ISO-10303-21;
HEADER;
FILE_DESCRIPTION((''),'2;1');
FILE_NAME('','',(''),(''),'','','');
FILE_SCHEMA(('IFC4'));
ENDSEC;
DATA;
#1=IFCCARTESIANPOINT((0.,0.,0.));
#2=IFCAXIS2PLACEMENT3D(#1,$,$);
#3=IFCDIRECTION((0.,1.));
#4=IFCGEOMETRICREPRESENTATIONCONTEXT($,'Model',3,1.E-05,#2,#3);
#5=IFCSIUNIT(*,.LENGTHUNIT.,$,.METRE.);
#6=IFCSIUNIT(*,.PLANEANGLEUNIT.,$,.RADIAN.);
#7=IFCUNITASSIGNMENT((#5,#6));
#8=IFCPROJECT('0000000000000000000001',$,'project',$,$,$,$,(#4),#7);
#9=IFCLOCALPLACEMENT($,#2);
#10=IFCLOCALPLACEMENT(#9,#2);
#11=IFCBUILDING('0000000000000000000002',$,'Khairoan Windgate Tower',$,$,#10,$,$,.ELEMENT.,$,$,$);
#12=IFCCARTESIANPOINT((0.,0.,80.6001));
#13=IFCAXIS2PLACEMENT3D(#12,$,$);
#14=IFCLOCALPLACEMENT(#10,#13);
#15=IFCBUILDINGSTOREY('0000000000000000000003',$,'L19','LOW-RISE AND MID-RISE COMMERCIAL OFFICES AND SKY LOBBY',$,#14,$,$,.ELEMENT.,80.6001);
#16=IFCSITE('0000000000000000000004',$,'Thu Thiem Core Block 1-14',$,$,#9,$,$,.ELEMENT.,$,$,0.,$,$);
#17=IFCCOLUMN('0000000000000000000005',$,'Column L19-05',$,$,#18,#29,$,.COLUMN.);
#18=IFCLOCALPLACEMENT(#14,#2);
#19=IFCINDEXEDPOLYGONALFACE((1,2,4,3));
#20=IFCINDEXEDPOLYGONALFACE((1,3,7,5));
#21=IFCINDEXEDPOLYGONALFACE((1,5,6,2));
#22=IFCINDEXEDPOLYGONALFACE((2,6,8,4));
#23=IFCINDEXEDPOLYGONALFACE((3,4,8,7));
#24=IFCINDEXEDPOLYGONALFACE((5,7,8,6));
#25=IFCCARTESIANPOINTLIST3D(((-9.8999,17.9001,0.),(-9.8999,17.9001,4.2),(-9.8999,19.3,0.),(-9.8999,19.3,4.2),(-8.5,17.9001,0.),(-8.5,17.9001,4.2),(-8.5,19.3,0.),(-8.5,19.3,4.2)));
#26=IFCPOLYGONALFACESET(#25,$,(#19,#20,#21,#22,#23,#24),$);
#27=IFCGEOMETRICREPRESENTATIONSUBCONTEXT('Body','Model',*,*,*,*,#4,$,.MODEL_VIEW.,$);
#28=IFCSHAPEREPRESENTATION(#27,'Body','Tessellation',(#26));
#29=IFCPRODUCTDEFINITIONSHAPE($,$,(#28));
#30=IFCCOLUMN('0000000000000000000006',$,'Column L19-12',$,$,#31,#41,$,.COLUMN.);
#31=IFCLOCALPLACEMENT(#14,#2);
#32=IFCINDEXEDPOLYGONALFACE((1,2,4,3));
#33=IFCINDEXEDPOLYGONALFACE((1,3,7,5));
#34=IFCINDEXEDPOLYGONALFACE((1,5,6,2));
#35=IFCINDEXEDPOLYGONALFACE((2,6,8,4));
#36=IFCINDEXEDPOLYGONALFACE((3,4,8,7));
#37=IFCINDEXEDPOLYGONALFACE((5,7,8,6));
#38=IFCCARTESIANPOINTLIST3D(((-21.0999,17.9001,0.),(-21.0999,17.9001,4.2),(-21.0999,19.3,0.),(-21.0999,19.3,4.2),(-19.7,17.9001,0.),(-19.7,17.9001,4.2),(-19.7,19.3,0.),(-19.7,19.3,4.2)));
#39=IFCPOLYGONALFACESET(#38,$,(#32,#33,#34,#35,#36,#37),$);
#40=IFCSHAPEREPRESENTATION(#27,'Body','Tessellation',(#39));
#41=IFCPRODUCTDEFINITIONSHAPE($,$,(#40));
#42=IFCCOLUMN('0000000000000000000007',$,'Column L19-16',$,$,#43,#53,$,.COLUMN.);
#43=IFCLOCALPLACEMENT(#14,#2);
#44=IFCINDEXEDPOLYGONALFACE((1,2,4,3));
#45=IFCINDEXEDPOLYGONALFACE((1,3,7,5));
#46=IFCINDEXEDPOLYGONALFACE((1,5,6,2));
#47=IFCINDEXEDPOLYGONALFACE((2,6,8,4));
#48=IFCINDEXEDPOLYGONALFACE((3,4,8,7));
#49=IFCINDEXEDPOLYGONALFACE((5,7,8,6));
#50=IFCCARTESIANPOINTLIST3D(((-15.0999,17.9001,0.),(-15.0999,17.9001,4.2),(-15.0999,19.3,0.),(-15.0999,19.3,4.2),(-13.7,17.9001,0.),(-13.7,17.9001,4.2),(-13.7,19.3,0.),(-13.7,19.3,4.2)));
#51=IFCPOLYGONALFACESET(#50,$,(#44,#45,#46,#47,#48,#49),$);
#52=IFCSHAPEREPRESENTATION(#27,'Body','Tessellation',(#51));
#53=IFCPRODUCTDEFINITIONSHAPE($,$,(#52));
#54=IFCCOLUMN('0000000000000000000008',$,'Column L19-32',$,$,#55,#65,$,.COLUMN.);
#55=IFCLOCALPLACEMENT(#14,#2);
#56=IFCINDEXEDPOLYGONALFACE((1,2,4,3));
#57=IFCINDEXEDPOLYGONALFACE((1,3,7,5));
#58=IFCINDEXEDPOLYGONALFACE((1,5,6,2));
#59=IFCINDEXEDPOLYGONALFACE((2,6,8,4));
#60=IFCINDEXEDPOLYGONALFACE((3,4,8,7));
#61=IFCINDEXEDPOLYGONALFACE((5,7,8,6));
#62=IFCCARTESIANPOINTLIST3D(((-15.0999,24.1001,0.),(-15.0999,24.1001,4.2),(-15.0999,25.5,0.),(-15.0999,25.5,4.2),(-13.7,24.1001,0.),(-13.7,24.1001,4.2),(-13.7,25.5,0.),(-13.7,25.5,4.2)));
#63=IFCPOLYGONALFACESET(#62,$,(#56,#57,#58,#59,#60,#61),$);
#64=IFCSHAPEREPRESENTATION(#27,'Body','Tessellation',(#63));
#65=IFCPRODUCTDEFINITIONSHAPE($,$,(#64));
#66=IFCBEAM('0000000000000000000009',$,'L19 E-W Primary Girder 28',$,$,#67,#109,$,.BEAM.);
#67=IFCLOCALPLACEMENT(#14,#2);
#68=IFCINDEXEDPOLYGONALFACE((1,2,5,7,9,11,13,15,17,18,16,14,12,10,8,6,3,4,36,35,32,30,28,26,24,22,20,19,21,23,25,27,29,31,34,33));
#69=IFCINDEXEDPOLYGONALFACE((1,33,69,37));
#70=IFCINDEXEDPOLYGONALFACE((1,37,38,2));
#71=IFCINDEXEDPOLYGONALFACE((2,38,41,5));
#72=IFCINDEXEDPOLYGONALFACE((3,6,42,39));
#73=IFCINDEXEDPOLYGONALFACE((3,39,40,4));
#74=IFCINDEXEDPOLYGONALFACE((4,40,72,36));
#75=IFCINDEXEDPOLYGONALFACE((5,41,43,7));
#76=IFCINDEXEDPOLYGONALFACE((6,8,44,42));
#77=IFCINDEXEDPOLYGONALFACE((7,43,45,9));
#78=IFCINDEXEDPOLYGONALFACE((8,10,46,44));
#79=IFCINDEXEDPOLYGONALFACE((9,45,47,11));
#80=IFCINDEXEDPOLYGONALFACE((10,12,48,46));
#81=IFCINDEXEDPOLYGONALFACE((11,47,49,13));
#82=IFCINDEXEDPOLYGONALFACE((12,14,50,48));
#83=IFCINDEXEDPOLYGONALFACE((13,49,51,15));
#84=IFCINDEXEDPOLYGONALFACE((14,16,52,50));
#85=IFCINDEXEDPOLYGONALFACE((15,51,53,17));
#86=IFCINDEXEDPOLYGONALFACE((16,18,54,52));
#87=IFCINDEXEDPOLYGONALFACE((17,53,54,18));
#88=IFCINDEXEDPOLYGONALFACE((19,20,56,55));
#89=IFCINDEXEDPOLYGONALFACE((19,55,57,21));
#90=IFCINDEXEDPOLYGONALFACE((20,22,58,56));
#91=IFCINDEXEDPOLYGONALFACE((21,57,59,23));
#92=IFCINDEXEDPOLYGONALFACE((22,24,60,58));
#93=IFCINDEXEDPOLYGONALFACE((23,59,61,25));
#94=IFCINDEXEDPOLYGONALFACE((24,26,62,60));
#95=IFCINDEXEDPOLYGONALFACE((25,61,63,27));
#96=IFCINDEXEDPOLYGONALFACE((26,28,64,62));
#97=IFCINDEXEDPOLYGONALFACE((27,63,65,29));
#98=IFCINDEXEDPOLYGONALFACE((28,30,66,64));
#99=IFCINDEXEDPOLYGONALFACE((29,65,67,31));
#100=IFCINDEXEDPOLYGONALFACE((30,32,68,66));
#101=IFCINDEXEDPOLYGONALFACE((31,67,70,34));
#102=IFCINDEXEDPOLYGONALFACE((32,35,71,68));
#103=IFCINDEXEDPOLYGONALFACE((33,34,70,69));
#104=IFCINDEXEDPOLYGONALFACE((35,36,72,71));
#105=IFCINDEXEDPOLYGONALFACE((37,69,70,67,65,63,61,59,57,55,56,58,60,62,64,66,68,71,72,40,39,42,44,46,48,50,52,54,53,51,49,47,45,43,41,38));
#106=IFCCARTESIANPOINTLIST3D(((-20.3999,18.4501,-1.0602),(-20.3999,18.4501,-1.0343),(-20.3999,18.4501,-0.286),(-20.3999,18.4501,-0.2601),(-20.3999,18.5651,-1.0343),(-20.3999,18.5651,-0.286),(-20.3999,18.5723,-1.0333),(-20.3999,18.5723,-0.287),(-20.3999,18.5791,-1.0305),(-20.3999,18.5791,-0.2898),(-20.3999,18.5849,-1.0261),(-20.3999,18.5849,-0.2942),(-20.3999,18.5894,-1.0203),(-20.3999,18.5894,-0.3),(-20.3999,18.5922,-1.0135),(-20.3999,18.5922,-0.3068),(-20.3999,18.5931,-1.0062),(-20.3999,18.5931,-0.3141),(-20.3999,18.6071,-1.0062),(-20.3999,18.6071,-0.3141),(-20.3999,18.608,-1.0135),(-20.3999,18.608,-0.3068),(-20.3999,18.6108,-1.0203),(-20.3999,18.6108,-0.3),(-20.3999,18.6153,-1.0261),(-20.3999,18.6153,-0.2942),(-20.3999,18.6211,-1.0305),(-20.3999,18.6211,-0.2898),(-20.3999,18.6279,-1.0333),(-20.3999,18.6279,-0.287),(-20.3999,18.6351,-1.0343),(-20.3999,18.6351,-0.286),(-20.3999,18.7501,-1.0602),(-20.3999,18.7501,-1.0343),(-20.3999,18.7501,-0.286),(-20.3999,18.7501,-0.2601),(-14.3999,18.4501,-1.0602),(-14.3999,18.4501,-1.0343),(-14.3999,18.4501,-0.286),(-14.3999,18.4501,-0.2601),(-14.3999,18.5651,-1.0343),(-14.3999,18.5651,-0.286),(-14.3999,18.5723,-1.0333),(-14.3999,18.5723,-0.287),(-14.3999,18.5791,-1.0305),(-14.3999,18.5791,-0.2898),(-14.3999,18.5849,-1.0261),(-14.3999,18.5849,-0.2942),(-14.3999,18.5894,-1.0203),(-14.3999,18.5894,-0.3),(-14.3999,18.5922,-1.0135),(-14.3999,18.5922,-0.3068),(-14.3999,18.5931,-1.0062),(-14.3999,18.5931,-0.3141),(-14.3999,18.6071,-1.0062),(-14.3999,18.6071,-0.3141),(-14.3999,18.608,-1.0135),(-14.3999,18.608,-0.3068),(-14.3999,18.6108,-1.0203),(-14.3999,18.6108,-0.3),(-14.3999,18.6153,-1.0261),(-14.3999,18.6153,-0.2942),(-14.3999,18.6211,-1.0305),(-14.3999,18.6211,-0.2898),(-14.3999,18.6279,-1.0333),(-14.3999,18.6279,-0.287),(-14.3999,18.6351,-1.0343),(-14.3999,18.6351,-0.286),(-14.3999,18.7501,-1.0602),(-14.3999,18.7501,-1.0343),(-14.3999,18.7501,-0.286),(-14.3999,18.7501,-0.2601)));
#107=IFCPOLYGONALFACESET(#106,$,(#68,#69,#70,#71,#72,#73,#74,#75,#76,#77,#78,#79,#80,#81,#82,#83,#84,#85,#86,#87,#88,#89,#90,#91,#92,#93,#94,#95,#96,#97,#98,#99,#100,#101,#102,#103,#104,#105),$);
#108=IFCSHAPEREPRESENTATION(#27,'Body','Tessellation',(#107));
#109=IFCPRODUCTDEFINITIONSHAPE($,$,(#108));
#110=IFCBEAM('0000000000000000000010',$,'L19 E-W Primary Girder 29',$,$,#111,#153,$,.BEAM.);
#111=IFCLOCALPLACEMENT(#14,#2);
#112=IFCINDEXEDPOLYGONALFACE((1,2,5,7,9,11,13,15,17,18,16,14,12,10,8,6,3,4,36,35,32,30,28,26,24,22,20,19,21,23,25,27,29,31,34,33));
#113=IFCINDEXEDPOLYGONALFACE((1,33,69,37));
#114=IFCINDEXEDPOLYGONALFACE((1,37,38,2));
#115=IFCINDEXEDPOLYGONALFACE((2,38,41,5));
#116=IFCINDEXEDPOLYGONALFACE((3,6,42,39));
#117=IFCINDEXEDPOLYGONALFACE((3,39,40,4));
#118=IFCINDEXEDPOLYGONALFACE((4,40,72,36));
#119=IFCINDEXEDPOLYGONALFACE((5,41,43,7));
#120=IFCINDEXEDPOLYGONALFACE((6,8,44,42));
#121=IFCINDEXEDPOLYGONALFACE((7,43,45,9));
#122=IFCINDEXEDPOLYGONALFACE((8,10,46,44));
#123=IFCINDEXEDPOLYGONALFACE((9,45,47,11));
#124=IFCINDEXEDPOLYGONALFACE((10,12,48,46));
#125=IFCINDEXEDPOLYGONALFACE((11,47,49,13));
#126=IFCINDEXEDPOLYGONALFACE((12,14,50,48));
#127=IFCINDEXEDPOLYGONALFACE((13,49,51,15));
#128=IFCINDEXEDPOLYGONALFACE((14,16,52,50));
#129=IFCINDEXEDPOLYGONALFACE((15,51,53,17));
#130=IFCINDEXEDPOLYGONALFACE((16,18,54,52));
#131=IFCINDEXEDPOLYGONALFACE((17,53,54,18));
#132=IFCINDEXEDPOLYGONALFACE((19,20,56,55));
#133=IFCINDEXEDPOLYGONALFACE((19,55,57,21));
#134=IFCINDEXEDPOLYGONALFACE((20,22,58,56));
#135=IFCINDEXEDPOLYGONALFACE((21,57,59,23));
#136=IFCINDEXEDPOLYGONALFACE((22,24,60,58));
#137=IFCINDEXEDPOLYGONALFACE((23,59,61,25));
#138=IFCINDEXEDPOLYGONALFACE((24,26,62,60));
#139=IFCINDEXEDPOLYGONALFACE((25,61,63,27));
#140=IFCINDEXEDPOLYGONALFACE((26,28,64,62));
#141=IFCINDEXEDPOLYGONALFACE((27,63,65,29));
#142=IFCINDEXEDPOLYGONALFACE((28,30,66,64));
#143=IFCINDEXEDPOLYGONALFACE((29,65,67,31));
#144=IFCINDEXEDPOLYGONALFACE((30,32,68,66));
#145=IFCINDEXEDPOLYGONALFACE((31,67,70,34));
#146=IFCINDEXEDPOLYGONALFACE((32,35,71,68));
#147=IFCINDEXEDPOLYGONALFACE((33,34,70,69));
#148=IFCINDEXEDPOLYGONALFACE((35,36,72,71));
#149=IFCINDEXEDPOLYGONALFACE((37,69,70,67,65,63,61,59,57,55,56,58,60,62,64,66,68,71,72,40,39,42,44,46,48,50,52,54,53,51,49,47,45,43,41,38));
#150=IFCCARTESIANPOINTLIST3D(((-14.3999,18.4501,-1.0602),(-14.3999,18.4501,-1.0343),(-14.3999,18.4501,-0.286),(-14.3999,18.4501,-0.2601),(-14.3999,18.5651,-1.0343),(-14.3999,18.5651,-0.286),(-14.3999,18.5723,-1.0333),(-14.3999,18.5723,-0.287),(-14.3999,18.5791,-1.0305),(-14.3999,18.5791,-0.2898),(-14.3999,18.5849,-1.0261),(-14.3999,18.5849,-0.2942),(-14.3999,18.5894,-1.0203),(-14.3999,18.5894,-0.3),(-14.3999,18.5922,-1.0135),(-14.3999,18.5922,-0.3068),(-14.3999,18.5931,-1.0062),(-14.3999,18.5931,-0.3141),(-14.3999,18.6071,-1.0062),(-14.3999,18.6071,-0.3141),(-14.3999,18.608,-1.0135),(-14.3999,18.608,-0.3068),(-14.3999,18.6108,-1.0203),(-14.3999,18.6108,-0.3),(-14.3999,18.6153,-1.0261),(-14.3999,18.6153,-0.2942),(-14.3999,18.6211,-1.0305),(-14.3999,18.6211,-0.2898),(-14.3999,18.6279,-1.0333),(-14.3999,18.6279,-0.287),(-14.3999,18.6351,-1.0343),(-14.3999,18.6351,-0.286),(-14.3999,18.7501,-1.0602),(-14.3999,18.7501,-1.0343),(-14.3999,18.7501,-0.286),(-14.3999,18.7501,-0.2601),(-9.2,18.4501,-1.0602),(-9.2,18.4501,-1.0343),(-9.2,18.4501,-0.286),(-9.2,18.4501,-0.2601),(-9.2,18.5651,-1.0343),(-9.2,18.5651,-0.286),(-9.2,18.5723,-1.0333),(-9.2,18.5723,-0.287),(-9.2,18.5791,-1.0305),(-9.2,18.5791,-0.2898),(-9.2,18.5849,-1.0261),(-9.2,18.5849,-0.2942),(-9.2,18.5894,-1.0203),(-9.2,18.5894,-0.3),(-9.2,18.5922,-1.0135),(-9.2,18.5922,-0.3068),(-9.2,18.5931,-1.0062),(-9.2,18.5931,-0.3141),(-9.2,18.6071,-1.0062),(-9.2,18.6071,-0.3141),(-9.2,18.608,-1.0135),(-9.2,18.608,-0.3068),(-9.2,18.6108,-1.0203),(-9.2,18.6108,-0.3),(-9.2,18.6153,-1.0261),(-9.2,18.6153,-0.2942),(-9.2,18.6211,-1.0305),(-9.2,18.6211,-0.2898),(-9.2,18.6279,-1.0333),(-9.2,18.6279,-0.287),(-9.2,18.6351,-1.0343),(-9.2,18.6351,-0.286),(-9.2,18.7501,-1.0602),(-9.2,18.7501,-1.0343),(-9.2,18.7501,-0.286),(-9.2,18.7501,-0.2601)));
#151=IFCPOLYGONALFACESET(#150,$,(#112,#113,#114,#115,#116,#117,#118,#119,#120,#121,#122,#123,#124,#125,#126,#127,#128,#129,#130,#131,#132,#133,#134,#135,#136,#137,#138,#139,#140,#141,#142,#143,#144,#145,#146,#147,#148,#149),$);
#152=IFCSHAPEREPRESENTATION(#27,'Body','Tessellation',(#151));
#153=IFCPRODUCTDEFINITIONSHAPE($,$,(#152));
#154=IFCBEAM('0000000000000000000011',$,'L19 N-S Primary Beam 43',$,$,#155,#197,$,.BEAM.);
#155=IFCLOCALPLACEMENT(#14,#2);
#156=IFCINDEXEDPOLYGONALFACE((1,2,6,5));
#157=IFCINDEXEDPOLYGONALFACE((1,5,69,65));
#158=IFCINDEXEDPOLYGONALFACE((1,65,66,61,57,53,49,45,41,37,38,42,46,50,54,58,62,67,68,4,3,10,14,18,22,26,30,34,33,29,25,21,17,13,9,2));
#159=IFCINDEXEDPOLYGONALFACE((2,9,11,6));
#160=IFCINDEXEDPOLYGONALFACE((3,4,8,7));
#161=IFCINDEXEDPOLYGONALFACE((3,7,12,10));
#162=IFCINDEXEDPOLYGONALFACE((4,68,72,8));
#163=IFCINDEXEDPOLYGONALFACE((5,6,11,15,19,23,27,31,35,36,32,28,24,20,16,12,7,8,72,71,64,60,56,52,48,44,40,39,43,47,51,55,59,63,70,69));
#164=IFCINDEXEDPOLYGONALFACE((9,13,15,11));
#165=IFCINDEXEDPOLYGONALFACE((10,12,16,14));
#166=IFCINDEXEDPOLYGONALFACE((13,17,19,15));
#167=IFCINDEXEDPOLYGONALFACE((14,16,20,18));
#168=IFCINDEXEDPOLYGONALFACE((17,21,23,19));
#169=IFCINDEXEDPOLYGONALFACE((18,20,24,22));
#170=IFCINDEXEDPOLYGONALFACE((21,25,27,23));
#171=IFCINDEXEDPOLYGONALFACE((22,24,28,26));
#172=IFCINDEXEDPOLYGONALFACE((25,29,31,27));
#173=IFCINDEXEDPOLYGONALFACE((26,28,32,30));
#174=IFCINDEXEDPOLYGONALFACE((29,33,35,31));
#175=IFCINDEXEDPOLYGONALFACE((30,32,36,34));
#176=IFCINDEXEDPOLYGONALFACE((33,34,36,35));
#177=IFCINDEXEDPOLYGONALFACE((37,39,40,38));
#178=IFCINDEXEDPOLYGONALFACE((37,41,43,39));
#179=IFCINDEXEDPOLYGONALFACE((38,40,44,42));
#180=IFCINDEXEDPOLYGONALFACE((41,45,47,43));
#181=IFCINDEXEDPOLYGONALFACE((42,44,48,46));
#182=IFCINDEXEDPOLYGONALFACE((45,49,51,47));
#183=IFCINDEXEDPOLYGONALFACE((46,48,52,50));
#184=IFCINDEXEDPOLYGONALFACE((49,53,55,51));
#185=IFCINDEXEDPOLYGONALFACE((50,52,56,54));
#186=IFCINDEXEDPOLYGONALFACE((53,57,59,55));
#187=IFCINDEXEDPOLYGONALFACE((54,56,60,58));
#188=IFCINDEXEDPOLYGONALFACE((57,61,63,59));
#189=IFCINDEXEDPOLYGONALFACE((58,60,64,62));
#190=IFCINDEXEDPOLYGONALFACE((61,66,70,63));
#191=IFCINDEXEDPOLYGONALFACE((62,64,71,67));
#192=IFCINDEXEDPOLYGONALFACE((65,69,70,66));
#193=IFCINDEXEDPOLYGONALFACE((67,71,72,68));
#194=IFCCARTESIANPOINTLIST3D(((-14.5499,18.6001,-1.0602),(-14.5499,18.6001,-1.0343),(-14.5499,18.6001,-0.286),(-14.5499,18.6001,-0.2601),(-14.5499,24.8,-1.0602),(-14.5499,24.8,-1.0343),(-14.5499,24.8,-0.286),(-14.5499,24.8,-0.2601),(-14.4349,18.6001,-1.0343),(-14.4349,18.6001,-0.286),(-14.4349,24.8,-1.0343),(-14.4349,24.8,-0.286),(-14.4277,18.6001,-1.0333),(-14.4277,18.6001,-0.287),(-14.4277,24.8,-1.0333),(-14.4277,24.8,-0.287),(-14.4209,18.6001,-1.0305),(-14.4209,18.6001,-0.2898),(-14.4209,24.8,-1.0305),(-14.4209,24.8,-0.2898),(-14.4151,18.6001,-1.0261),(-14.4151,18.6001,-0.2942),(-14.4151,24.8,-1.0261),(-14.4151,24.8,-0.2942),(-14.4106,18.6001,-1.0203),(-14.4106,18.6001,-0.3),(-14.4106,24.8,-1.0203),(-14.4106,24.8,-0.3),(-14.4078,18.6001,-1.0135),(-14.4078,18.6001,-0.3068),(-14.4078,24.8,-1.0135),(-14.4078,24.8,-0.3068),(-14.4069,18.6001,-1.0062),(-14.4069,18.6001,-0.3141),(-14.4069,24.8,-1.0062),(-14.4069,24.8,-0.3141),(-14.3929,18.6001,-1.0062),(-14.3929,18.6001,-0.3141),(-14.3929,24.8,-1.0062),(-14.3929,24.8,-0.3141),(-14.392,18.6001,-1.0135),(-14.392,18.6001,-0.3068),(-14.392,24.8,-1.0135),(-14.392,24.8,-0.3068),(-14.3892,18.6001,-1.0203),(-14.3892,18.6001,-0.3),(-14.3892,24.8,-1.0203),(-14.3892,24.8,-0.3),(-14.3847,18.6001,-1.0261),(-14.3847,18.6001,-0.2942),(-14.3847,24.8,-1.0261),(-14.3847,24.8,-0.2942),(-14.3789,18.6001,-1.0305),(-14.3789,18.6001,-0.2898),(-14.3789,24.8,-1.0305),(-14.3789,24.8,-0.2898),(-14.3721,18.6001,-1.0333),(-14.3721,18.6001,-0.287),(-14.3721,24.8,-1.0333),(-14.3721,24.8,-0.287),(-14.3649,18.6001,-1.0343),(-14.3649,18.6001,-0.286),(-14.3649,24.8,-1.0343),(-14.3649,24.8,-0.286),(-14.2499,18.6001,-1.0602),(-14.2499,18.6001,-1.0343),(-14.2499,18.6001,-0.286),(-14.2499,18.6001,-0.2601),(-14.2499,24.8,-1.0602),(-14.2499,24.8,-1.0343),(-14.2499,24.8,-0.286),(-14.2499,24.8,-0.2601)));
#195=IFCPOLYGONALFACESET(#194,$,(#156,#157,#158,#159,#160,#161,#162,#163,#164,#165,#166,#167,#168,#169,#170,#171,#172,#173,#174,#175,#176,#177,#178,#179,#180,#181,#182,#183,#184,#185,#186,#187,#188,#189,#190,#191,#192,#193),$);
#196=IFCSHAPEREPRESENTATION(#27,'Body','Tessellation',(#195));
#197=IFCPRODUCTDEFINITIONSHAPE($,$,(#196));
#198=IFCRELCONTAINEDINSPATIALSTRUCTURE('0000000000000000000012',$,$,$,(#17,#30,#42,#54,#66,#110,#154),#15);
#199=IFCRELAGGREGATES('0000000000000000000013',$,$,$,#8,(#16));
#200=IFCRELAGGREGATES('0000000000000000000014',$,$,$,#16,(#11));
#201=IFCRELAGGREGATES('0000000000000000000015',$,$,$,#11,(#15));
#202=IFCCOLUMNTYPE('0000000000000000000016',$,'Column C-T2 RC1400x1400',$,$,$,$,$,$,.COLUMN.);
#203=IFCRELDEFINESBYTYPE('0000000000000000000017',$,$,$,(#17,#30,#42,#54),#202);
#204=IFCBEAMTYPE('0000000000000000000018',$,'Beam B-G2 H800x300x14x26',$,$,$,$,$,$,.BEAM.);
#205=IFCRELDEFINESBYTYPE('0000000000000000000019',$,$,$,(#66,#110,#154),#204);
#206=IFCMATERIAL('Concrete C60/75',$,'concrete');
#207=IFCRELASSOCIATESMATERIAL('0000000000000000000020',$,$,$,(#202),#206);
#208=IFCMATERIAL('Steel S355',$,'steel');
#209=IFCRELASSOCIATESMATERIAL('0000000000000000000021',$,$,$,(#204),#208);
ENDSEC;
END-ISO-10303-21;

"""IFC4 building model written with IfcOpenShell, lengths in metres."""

from ifc_helpers import new_model, si_unit, direction, frame, origin, origin_2d, place, context, subcontext, project, spatial, rectangle, i_section, extrude, material, material_profile, profile_set, type_object, element, save


model = new_model("IFC4")

# Units and contexts
model_context = context("Model", 3, precision=1e-05, world=origin(), true_north=direction((0.0, 1.0)))
body_context = subcontext(model_context, "Body", "Model", "MODEL_VIEW")
ifc_project = project(units=[si_unit("LENGTHUNIT", "METRE"), si_unit("PLANEANGLEUNIT", "RADIAN")], contexts=[model_context])

# Site, building, storey
site_placement = place(None, origin())
site = spatial("IfcSite", under=ifc_project, at=site_placement, Name="Thu Thiem Core Block 1-14", CompositionType="ELEMENT", RefElevation=0.0)
building_placement = place(site_placement, origin())
building = spatial("IfcBuilding", under=site, at=building_placement, Name="Khairoan Windgate Tower", CompositionType="ELEMENT")
storey_placement = place(building_placement, frame((0.0, 0.0, 80.6001)))
storey = spatial("IfcBuildingStorey", under=building, at=storey_placement, Name="L19", Description="LOW-RISE AND MID-RISE COMMERCIAL OFFICES AND SKY LOBBY", CompositionType="ELEMENT", Elevation=80.6001)

# Columns
ifc_material_1 = material(Name="Concrete C60/75", Category="concrete")
ifc_material_profile_1 = material_profile(ifc_material_1, rectangle(XDim=1.3999, YDim=1.3999, at=origin_2d()))
ifc_profile_set_1 = profile_set([ifc_material_profile_1], Name="Concrete C60/75")
column_type = type_object("IfcColumnType", Name="Column C-T2 RC1400x1400", PredefinedType="COLUMN", material=ifc_profile_set_1)
for number, where, z_axis, x_axis, name in (
    (1, (-9.2, 18.6001, 0.0), (0.0, 0.0, 1.0), (1.0, 0.0, 0.0), "Column L19-05"),
    (2, (-20.3999, 18.6001, 0.0), (0.0, 0.0, 1.0), (1.0, 0.0, 0.0), "Column L19-12"),
    (3, (-14.3999, 18.6001, 0.0), (0.0, 0.0, 1.0), (1.0, 0.0, 0.0), "Column L19-16"),
    (4, (-14.3999, 24.8, 0.0), (0.0, 0.0, 1.0), (1.0, 0.0, 0.0), "Column L19-32"),
):
    element("IfcColumn", number, at=place(storey_placement, frame(where, z_axis=z_axis, x_axis=x_axis)), inside=storey, type_object=column_type, Name=name, PredefinedType="COLUMN", context=body_context, shape_type="SweptSolid", body=[
        extrude(rectangle(XDim=1.3999, YDim=1.3999, at=origin_2d()), origin(), (0.0, 0.0, 1.0), 4.2),
    ])

# Beams
ifc_material_2 = material(Name="Steel S355", Category="steel")
ifc_material_profile_2 = material_profile(ifc_material_2, i_section(OverallWidth=0.3, OverallDepth=0.8, WebThickness=0.0139, FlangeThickness=0.0259, FilletRadius=0.0281, at=origin_2d()))
ifc_profile_set_2 = profile_set([ifc_material_profile_2], Name="Steel S355")
beam_type = type_object("IfcBeamType", Name="Beam B-G2 H800x300x14x26", PredefinedType="BEAM", material=ifc_profile_set_2)
beam_1_placement = place(storey_placement, frame((-20.3999, 18.6001, -0.6602), z_axis=(1.0, 0.0, 0.0), x_axis=(0.0, 1.0, 0.0)))
element("IfcBeam", 5, at=beam_1_placement, inside=storey, type_object=beam_type, Name="L19 E-W Primary Girder 28", PredefinedType="BEAM", context=body_context, shape_type="SweptSolid", body=[
    extrude(i_section(OverallWidth=0.3, OverallDepth=0.8, WebThickness=0.0139, FlangeThickness=0.0259, FilletRadius=0.0281, at=origin_2d()), origin(), (0.0, 0.0, 1.0), 6.0),
])
beam_2_placement = place(storey_placement, frame((-14.3999, 18.6001, -0.6602), z_axis=(1.0, 0.0, 0.0), x_axis=(0.0, 1.0, 0.0)))
element("IfcBeam", 6, at=beam_2_placement, inside=storey, type_object=beam_type, Name="L19 E-W Primary Girder 29", PredefinedType="BEAM", context=body_context, shape_type="SweptSolid", body=[
    extrude(i_section(OverallWidth=0.3, OverallDepth=0.8, WebThickness=0.0139, FlangeThickness=0.0259, FilletRadius=0.0281, at=origin_2d()), origin(), (0.0, 0.0, 1.0), 5.2),
])
beam_3_placement = place(storey_placement, frame((-14.3999, 18.6001, -0.6602), z_axis=(0.0, 1.0, 0.0), x_axis=(-1.0, 0.0, 0.0)))
element("IfcBeam", 7, at=beam_3_placement, inside=storey, type_object=beam_type, Name="L19 N-S Primary Beam 43", PredefinedType="BEAM", context=body_context, shape_type="SweptSolid", body=[
    extrude(i_section(OverallWidth=0.3, OverallDepth=0.8, WebThickness=0.0139, FlangeThickness=0.0259, FilletRadius=0.0281, at=origin_2d()), origin(), (0.0, 0.0, 1.0), 6.2),
])

save(model, "model.ifc")
